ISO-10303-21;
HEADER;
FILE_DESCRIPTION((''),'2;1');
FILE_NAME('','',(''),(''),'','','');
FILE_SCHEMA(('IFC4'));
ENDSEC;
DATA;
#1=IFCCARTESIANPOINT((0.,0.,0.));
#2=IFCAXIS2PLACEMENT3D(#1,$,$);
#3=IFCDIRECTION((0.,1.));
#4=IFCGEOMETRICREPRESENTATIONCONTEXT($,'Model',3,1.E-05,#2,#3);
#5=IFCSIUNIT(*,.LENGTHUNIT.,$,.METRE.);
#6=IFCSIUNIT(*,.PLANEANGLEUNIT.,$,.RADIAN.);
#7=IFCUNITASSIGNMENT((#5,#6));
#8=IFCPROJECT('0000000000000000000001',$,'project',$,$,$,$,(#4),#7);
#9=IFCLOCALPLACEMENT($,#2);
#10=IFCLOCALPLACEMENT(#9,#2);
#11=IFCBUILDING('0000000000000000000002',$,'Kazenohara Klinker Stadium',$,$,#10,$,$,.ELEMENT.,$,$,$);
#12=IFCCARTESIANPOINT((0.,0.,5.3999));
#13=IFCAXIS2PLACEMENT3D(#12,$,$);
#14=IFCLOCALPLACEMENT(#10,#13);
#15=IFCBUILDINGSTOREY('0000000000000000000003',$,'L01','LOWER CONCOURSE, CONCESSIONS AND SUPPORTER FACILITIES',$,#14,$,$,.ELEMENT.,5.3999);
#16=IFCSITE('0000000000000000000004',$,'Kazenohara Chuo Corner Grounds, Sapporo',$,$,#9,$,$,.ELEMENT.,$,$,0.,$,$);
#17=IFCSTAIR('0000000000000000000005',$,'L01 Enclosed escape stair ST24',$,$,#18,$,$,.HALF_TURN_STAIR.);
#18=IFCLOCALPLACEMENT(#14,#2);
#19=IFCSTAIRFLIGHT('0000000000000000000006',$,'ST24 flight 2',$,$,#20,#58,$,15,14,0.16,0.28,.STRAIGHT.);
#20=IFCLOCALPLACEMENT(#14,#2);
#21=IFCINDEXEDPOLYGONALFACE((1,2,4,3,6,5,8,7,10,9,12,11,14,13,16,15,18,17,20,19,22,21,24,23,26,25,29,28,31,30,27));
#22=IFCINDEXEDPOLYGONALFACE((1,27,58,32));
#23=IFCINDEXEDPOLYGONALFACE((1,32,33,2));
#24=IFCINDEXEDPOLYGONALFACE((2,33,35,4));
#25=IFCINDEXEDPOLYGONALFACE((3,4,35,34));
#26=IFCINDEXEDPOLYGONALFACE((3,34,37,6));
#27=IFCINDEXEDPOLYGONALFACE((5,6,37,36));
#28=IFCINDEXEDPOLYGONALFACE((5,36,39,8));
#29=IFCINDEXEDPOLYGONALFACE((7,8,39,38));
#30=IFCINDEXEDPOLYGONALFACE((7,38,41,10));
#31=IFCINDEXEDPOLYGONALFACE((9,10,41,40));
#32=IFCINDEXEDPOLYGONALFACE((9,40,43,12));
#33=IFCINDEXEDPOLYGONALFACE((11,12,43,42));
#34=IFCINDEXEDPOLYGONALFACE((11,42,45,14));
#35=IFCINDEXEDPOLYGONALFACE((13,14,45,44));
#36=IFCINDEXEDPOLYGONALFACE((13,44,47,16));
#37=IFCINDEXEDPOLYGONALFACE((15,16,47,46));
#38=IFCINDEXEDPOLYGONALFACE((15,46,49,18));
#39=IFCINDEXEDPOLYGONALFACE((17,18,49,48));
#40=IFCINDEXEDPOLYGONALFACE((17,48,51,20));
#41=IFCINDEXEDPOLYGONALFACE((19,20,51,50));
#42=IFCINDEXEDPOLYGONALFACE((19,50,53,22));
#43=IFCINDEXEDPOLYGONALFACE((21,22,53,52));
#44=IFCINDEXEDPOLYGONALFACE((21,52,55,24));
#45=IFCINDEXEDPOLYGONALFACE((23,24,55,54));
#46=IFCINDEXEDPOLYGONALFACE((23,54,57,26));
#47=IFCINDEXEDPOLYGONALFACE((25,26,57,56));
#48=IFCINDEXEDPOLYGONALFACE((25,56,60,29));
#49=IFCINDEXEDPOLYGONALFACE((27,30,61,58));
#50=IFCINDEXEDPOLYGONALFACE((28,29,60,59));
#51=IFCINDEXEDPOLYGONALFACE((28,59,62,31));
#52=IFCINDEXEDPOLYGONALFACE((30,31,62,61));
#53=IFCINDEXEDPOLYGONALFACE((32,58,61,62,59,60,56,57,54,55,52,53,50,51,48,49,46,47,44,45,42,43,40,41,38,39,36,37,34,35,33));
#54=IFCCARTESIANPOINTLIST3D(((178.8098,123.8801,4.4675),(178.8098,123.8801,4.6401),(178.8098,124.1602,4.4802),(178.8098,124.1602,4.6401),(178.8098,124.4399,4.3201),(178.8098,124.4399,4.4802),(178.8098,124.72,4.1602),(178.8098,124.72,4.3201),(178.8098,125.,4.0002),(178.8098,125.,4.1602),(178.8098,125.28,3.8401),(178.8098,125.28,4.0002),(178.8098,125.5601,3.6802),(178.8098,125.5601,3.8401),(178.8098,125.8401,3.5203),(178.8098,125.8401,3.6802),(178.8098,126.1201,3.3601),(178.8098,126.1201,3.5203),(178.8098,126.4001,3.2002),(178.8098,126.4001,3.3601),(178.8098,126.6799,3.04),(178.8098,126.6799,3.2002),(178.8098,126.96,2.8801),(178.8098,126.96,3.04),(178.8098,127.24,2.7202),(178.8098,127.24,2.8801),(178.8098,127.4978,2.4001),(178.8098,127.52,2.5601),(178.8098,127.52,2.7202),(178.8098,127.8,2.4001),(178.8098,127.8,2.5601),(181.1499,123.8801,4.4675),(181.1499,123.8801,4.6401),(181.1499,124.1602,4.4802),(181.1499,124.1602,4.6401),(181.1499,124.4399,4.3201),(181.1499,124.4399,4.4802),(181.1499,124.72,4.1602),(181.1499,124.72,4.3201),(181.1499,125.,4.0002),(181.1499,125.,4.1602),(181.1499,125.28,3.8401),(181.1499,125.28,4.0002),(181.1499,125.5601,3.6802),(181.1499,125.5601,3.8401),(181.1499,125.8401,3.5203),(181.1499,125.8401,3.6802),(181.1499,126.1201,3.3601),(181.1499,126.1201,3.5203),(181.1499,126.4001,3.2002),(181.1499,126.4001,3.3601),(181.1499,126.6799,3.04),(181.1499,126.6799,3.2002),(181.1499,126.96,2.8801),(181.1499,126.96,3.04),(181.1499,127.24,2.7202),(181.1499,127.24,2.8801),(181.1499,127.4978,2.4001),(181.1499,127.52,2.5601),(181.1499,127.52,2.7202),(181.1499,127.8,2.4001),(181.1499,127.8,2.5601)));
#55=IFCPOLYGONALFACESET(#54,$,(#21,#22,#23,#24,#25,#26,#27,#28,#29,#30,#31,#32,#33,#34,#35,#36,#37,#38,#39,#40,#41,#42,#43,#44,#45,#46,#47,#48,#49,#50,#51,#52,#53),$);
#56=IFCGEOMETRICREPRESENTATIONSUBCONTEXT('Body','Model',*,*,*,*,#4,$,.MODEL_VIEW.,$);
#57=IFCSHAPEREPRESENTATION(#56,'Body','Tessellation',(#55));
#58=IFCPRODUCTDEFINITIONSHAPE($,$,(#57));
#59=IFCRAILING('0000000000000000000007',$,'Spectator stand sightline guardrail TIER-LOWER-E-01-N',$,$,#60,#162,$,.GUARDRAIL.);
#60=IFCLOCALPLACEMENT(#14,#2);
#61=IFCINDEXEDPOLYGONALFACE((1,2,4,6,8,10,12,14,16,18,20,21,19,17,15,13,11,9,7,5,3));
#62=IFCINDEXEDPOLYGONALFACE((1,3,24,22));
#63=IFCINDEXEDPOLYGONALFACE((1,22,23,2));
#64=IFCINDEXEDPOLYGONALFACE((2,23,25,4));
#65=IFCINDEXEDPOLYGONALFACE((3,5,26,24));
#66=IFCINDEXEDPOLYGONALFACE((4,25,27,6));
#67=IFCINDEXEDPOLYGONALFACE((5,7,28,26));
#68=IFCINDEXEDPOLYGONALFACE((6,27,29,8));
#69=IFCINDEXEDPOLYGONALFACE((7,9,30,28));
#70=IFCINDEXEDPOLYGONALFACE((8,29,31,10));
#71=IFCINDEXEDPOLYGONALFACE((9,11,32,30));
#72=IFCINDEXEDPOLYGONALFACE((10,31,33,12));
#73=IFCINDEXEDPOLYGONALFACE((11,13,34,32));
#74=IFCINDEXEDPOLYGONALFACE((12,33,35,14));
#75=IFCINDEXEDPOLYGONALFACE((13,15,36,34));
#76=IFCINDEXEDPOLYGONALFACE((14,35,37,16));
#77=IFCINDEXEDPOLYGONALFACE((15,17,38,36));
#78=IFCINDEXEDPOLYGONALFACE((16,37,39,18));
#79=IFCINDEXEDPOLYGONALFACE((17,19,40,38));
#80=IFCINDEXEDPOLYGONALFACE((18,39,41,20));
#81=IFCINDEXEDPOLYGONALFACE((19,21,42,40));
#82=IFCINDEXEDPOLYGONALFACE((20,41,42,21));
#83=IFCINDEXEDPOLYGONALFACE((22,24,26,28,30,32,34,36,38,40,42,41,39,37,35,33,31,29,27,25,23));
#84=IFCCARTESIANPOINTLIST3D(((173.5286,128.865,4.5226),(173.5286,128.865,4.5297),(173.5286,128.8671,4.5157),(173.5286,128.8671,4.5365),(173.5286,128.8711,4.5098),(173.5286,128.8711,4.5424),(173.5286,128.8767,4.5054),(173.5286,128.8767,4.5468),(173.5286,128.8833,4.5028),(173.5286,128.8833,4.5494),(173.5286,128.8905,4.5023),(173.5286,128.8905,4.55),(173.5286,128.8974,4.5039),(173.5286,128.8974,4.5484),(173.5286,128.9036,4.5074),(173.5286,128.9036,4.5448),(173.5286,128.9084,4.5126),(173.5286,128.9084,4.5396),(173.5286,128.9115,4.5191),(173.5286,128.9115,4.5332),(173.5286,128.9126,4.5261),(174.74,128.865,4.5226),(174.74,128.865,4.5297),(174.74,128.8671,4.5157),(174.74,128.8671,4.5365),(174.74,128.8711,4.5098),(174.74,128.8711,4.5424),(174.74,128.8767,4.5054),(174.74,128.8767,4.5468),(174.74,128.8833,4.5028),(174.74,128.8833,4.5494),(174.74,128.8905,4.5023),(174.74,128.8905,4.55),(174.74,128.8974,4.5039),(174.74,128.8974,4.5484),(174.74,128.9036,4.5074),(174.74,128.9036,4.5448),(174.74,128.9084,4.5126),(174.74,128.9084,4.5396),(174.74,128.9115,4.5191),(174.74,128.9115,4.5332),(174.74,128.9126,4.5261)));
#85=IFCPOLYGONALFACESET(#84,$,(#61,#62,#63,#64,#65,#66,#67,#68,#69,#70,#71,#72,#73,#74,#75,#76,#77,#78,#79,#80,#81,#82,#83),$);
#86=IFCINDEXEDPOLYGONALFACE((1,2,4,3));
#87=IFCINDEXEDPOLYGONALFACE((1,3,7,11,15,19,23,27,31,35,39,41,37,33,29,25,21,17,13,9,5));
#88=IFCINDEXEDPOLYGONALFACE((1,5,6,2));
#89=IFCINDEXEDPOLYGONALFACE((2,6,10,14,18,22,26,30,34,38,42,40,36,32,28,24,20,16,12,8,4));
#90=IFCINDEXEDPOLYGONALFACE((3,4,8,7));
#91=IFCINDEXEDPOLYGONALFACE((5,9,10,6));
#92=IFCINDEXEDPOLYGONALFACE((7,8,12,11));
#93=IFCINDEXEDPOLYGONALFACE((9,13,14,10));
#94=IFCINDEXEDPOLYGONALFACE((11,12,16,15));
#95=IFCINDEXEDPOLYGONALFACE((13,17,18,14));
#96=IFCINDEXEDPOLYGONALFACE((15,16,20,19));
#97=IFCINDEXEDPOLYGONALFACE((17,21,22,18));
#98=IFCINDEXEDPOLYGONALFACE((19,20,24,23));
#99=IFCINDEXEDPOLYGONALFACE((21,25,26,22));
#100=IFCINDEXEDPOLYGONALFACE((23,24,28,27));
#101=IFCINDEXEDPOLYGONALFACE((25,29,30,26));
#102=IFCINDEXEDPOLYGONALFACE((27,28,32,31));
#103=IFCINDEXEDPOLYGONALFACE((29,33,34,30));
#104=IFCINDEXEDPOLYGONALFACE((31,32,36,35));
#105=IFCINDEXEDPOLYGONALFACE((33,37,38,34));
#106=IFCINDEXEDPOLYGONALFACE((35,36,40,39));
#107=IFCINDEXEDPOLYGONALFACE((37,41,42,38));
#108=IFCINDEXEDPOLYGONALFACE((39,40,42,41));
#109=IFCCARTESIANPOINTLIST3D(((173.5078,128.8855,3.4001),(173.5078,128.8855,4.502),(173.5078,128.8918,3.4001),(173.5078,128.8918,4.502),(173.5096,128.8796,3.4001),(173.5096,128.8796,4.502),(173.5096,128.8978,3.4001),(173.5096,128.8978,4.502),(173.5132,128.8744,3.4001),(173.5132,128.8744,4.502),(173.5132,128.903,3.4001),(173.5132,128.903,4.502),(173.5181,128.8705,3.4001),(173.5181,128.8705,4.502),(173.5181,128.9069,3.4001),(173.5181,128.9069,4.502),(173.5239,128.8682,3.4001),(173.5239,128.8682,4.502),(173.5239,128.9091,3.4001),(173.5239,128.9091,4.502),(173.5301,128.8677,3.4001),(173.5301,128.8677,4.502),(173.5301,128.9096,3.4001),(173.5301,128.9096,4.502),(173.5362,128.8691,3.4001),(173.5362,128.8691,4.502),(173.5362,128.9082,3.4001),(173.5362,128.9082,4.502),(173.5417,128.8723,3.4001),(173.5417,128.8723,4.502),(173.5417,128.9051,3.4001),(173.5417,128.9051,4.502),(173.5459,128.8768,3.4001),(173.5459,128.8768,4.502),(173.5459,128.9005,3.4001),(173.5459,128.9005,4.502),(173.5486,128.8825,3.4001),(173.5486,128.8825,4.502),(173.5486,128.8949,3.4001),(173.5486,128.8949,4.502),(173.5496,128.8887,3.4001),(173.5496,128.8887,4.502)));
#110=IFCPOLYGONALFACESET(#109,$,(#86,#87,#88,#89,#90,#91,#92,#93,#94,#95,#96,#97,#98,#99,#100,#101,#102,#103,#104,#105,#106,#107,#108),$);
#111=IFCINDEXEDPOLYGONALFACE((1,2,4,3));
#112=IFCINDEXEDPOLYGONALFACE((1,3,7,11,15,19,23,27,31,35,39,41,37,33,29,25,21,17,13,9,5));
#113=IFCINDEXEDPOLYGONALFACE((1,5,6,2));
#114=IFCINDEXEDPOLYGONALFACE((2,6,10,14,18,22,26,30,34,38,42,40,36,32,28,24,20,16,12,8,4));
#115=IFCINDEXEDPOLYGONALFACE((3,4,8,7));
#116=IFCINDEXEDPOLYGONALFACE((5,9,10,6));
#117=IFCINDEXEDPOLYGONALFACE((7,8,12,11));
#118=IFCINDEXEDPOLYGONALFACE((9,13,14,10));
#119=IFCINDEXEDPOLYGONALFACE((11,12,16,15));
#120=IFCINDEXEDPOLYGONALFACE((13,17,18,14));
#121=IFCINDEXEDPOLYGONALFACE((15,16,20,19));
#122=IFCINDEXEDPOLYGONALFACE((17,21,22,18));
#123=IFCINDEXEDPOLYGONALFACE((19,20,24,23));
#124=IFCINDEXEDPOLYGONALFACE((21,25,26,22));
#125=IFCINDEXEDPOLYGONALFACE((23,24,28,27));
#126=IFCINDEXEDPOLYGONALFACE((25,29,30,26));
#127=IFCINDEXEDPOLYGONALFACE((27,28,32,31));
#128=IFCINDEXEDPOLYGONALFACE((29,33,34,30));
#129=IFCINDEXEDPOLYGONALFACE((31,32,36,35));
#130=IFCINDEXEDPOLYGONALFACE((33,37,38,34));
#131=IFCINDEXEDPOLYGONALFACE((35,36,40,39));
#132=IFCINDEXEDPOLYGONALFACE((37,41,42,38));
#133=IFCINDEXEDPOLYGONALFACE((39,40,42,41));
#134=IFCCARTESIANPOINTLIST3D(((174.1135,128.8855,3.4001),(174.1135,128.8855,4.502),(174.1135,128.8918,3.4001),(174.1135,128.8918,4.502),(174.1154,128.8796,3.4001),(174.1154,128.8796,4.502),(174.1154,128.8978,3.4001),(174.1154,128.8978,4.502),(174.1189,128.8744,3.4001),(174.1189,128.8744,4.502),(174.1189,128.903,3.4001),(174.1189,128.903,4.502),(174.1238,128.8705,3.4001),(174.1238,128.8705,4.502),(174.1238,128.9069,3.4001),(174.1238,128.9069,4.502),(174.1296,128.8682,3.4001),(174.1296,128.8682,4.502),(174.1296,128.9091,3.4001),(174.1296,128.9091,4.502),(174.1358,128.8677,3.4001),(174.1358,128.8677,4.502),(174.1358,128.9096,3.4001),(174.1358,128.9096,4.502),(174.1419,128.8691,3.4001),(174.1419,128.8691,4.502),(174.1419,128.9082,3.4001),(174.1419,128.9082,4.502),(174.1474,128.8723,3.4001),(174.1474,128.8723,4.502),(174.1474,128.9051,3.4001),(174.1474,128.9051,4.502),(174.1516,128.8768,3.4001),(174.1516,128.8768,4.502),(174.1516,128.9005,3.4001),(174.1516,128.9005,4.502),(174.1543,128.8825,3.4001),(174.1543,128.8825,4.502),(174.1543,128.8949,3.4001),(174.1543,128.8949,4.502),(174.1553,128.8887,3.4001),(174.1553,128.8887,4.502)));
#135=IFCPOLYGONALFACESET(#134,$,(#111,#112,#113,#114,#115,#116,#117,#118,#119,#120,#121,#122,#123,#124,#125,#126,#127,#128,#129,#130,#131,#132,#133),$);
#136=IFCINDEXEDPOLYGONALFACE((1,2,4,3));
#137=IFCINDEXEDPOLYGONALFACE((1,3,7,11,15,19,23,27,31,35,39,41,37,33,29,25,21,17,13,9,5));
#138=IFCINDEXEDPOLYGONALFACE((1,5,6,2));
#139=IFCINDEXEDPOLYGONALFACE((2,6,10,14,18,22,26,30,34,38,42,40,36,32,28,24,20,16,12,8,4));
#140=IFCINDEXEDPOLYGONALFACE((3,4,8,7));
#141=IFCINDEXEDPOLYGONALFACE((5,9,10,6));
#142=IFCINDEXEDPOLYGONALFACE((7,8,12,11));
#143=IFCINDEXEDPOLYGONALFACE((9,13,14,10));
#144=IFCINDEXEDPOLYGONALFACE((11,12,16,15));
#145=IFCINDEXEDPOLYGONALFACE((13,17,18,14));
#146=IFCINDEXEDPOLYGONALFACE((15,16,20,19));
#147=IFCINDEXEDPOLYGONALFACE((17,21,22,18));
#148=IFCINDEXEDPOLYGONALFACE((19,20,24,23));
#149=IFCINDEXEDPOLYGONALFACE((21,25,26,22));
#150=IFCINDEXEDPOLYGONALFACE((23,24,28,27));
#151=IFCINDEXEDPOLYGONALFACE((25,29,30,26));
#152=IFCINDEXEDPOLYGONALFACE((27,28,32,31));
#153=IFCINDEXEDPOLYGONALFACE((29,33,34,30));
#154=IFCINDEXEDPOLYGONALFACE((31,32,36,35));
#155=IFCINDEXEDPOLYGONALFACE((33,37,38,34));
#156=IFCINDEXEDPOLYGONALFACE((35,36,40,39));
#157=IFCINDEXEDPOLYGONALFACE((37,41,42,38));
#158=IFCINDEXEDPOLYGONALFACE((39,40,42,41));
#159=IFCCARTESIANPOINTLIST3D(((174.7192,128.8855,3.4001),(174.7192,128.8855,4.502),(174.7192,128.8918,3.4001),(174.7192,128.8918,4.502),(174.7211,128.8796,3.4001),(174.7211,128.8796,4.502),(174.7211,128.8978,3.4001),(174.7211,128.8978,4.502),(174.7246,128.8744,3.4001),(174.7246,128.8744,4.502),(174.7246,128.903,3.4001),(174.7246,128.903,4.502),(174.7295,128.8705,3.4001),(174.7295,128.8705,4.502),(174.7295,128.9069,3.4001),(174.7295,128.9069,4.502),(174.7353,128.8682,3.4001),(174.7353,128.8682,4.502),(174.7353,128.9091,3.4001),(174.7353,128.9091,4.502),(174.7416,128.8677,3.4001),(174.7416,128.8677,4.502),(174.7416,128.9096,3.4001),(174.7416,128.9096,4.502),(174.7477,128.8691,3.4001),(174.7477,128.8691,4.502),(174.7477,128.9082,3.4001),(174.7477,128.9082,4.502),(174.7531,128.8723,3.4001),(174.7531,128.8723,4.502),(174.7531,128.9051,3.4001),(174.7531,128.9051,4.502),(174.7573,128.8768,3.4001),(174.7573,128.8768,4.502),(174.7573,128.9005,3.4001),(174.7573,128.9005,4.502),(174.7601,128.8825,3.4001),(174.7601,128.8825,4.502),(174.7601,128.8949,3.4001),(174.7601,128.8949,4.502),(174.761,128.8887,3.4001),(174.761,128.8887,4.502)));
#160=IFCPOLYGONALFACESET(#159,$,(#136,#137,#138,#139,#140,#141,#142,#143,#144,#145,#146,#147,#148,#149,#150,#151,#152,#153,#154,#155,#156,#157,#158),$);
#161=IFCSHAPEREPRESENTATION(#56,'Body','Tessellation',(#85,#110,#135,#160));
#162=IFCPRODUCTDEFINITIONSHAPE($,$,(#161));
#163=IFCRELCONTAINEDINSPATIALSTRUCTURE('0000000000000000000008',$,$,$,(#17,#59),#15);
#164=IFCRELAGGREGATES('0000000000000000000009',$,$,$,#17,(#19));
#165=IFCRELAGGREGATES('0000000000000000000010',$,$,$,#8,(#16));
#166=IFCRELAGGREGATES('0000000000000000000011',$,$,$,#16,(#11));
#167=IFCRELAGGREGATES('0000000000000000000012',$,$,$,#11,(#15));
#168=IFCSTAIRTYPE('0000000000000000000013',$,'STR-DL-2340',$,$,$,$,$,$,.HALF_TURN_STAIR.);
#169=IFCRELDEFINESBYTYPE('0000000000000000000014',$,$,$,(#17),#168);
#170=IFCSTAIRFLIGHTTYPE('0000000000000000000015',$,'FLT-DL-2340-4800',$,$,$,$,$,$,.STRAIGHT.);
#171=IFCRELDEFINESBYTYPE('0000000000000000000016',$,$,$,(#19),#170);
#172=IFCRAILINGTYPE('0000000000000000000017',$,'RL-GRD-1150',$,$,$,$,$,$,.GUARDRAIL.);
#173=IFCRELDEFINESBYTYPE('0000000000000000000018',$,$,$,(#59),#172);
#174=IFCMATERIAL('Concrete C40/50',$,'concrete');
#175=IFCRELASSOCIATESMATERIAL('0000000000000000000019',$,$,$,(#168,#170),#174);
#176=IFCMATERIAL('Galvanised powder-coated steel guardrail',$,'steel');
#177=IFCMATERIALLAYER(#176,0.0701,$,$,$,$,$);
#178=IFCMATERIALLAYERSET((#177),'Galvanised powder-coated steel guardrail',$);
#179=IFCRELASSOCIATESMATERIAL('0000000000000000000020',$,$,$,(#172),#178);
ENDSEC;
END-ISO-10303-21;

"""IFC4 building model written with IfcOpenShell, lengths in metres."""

from ifc_helpers import new_model, si_unit, direction, frame, origin, origin_2d, place, context, subcontext, project, spatial, polyline, circle, outline, extrude, material, layer, layer_set, type_object, element, aggregate, save


model = new_model("IFC4")

# Units and contexts
model_context = context("Model", 3, precision=1e-05, world=origin(), true_north=direction((0.0, 1.0)))
body_context = subcontext(model_context, "Body", "Model", "MODEL_VIEW")
ifc_project = project(units=[si_unit("LENGTHUNIT", "METRE"), si_unit("PLANEANGLEUNIT", "RADIAN")], contexts=[model_context])

# Site, building, storey
site_placement = place(None, origin())
site = spatial("IfcSite", under=ifc_project, at=site_placement, Name="Kazenohara Chuo Corner Grounds, Sapporo", CompositionType="ELEMENT", RefElevation=0.0)
building_placement = place(site_placement, origin())
building = spatial("IfcBuilding", under=site, at=building_placement, Name="Kazenohara Klinker Stadium", CompositionType="ELEMENT")
storey_placement = place(building_placement, frame((0.0, 0.0, 5.3999)))
storey = spatial("IfcBuildingStorey", under=building, at=storey_placement, Name="L01", Description="LOWER CONCOURSE, CONCESSIONS AND SUPPORTER FACILITIES", CompositionType="ELEMENT", Elevation=5.3999)

# Shared definitions
ifc_material_1 = material(Name="Concrete C40/50", Category="concrete")

# Stair, stair flight
stair_type = type_object("IfcStairType", Name="STR-DL-2340", PredefinedType="HALF_TURN_STAIR", material=ifc_material_1)
stair_placement = place(storey_placement, origin())
stair = element("IfcStair", 1, at=stair_placement, inside=storey, type_object=stair_type, Name="L01 Enclosed escape stair ST24", PredefinedType="HALF_TURN_STAIR")
stair_flight_type = type_object("IfcStairFlightType", Name="FLT-DL-2340-4800", PredefinedType="STRAIGHT", material=ifc_material_1)
stair_flight_1_placement = place(storey_placement, frame((179.98, 127.8, 2.4001), z_axis=(0.0, 0.0, 1.0), x_axis=(0.0, -1.0, 0.0)))
stair_flight_1 = element("IfcStairFlight", 2, at=stair_flight_1_placement, type_object=stair_flight_type, Name="ST24 flight 2", NumberOfRisers=15, NumberOfTreads=14, PredefinedType="STRAIGHT", RiserHeight=0.16, TreadLength=0.28, context=body_context, shape_type="SweptSolid", body=[
    extrude(outline(polyline([(0.0, 0.0), (0.0, 0.1599), (0.28, 0.1599), (0.28, 0.3201), (0.5601, 0.3201), (0.5601, 0.48), (0.8401, 0.48), (0.8401, 0.6399), (1.1201, 0.6399), (1.1201, 0.8), (1.3999, 0.8), (1.3999, 0.96), (1.6799, 0.96), (1.6799, 1.1201), (1.96, 1.1201), (1.96, 1.28), (2.24, 1.28), (2.24, 1.4399), (2.52, 1.4399), (2.52, 1.6001), (2.8, 1.6001), (2.8, 1.76), (3.0801, 1.76), (3.0801, 1.9199), (3.3601, 1.9199), (3.3601, 2.0801), (3.6399, 2.0801), (3.6399, 2.24), (3.9199, 2.24), (3.9199, 2.3999), (3.9199, 2.0674), (0.3022, 0.0), (0.0, 0.0)])), frame((0.0, 1.1699, 0.0), z_axis=(0.0, -1.0, 0.0), x_axis=(1.0, 0.0, 0.0)), (0.0, 0.0, 1.0), 2.3401),
])
aggregate(stair, [stair_flight_1])

# Railing
ifc_material_2 = material(Name="Galvanised powder-coated steel guardrail", Category="steel")
ifc_layer_1 = layer(ifc_material_2, 0.0701)
ifc_layer_set_1 = layer_set([ifc_layer_1], Name="Galvanised powder-coated steel guardrail")
railing_type_1 = type_object("IfcRailingType", Name="RL-GRD-1150", PredefinedType="GUARDRAIL", material=ifc_layer_set_1)
railing_1_placement = place(storey_placement, frame((173.5286, 128.8887, 3.4001)))
element("IfcRailing", 3, at=railing_1_placement, inside=storey, type_object=railing_type_1, Name="Spectator stand sightline guardrail TIER-LOWER-E-01-N", PredefinedType="GUARDRAIL", context=body_context, shape_type="SweptSolid", body=[
    extrude(circle(Radius=0.0239, at=origin_2d()), frame((0.0, 0.0, 1.126), z_axis=(1.0, 0.0, 0.0), x_axis=(0.0, 1.0, 0.0)), (0.0, 0.0, 1.0), 1.2114),
    extrude(circle(Radius=0.021, at=origin_2d()), origin(), (0.0, 0.0, 1.0), 1.1018),
    extrude(circle(Radius=0.021, at=origin_2d()), frame((0.6057, 0.0, 0.0)), (0.0, 0.0, 1.0), 1.1018),
    extrude(circle(Radius=0.021, at=origin_2d()), frame((1.2114, 0.0, 0.0)), (0.0, 0.0, 1.0), 1.1018),
])

save(model, "model.ifc")
